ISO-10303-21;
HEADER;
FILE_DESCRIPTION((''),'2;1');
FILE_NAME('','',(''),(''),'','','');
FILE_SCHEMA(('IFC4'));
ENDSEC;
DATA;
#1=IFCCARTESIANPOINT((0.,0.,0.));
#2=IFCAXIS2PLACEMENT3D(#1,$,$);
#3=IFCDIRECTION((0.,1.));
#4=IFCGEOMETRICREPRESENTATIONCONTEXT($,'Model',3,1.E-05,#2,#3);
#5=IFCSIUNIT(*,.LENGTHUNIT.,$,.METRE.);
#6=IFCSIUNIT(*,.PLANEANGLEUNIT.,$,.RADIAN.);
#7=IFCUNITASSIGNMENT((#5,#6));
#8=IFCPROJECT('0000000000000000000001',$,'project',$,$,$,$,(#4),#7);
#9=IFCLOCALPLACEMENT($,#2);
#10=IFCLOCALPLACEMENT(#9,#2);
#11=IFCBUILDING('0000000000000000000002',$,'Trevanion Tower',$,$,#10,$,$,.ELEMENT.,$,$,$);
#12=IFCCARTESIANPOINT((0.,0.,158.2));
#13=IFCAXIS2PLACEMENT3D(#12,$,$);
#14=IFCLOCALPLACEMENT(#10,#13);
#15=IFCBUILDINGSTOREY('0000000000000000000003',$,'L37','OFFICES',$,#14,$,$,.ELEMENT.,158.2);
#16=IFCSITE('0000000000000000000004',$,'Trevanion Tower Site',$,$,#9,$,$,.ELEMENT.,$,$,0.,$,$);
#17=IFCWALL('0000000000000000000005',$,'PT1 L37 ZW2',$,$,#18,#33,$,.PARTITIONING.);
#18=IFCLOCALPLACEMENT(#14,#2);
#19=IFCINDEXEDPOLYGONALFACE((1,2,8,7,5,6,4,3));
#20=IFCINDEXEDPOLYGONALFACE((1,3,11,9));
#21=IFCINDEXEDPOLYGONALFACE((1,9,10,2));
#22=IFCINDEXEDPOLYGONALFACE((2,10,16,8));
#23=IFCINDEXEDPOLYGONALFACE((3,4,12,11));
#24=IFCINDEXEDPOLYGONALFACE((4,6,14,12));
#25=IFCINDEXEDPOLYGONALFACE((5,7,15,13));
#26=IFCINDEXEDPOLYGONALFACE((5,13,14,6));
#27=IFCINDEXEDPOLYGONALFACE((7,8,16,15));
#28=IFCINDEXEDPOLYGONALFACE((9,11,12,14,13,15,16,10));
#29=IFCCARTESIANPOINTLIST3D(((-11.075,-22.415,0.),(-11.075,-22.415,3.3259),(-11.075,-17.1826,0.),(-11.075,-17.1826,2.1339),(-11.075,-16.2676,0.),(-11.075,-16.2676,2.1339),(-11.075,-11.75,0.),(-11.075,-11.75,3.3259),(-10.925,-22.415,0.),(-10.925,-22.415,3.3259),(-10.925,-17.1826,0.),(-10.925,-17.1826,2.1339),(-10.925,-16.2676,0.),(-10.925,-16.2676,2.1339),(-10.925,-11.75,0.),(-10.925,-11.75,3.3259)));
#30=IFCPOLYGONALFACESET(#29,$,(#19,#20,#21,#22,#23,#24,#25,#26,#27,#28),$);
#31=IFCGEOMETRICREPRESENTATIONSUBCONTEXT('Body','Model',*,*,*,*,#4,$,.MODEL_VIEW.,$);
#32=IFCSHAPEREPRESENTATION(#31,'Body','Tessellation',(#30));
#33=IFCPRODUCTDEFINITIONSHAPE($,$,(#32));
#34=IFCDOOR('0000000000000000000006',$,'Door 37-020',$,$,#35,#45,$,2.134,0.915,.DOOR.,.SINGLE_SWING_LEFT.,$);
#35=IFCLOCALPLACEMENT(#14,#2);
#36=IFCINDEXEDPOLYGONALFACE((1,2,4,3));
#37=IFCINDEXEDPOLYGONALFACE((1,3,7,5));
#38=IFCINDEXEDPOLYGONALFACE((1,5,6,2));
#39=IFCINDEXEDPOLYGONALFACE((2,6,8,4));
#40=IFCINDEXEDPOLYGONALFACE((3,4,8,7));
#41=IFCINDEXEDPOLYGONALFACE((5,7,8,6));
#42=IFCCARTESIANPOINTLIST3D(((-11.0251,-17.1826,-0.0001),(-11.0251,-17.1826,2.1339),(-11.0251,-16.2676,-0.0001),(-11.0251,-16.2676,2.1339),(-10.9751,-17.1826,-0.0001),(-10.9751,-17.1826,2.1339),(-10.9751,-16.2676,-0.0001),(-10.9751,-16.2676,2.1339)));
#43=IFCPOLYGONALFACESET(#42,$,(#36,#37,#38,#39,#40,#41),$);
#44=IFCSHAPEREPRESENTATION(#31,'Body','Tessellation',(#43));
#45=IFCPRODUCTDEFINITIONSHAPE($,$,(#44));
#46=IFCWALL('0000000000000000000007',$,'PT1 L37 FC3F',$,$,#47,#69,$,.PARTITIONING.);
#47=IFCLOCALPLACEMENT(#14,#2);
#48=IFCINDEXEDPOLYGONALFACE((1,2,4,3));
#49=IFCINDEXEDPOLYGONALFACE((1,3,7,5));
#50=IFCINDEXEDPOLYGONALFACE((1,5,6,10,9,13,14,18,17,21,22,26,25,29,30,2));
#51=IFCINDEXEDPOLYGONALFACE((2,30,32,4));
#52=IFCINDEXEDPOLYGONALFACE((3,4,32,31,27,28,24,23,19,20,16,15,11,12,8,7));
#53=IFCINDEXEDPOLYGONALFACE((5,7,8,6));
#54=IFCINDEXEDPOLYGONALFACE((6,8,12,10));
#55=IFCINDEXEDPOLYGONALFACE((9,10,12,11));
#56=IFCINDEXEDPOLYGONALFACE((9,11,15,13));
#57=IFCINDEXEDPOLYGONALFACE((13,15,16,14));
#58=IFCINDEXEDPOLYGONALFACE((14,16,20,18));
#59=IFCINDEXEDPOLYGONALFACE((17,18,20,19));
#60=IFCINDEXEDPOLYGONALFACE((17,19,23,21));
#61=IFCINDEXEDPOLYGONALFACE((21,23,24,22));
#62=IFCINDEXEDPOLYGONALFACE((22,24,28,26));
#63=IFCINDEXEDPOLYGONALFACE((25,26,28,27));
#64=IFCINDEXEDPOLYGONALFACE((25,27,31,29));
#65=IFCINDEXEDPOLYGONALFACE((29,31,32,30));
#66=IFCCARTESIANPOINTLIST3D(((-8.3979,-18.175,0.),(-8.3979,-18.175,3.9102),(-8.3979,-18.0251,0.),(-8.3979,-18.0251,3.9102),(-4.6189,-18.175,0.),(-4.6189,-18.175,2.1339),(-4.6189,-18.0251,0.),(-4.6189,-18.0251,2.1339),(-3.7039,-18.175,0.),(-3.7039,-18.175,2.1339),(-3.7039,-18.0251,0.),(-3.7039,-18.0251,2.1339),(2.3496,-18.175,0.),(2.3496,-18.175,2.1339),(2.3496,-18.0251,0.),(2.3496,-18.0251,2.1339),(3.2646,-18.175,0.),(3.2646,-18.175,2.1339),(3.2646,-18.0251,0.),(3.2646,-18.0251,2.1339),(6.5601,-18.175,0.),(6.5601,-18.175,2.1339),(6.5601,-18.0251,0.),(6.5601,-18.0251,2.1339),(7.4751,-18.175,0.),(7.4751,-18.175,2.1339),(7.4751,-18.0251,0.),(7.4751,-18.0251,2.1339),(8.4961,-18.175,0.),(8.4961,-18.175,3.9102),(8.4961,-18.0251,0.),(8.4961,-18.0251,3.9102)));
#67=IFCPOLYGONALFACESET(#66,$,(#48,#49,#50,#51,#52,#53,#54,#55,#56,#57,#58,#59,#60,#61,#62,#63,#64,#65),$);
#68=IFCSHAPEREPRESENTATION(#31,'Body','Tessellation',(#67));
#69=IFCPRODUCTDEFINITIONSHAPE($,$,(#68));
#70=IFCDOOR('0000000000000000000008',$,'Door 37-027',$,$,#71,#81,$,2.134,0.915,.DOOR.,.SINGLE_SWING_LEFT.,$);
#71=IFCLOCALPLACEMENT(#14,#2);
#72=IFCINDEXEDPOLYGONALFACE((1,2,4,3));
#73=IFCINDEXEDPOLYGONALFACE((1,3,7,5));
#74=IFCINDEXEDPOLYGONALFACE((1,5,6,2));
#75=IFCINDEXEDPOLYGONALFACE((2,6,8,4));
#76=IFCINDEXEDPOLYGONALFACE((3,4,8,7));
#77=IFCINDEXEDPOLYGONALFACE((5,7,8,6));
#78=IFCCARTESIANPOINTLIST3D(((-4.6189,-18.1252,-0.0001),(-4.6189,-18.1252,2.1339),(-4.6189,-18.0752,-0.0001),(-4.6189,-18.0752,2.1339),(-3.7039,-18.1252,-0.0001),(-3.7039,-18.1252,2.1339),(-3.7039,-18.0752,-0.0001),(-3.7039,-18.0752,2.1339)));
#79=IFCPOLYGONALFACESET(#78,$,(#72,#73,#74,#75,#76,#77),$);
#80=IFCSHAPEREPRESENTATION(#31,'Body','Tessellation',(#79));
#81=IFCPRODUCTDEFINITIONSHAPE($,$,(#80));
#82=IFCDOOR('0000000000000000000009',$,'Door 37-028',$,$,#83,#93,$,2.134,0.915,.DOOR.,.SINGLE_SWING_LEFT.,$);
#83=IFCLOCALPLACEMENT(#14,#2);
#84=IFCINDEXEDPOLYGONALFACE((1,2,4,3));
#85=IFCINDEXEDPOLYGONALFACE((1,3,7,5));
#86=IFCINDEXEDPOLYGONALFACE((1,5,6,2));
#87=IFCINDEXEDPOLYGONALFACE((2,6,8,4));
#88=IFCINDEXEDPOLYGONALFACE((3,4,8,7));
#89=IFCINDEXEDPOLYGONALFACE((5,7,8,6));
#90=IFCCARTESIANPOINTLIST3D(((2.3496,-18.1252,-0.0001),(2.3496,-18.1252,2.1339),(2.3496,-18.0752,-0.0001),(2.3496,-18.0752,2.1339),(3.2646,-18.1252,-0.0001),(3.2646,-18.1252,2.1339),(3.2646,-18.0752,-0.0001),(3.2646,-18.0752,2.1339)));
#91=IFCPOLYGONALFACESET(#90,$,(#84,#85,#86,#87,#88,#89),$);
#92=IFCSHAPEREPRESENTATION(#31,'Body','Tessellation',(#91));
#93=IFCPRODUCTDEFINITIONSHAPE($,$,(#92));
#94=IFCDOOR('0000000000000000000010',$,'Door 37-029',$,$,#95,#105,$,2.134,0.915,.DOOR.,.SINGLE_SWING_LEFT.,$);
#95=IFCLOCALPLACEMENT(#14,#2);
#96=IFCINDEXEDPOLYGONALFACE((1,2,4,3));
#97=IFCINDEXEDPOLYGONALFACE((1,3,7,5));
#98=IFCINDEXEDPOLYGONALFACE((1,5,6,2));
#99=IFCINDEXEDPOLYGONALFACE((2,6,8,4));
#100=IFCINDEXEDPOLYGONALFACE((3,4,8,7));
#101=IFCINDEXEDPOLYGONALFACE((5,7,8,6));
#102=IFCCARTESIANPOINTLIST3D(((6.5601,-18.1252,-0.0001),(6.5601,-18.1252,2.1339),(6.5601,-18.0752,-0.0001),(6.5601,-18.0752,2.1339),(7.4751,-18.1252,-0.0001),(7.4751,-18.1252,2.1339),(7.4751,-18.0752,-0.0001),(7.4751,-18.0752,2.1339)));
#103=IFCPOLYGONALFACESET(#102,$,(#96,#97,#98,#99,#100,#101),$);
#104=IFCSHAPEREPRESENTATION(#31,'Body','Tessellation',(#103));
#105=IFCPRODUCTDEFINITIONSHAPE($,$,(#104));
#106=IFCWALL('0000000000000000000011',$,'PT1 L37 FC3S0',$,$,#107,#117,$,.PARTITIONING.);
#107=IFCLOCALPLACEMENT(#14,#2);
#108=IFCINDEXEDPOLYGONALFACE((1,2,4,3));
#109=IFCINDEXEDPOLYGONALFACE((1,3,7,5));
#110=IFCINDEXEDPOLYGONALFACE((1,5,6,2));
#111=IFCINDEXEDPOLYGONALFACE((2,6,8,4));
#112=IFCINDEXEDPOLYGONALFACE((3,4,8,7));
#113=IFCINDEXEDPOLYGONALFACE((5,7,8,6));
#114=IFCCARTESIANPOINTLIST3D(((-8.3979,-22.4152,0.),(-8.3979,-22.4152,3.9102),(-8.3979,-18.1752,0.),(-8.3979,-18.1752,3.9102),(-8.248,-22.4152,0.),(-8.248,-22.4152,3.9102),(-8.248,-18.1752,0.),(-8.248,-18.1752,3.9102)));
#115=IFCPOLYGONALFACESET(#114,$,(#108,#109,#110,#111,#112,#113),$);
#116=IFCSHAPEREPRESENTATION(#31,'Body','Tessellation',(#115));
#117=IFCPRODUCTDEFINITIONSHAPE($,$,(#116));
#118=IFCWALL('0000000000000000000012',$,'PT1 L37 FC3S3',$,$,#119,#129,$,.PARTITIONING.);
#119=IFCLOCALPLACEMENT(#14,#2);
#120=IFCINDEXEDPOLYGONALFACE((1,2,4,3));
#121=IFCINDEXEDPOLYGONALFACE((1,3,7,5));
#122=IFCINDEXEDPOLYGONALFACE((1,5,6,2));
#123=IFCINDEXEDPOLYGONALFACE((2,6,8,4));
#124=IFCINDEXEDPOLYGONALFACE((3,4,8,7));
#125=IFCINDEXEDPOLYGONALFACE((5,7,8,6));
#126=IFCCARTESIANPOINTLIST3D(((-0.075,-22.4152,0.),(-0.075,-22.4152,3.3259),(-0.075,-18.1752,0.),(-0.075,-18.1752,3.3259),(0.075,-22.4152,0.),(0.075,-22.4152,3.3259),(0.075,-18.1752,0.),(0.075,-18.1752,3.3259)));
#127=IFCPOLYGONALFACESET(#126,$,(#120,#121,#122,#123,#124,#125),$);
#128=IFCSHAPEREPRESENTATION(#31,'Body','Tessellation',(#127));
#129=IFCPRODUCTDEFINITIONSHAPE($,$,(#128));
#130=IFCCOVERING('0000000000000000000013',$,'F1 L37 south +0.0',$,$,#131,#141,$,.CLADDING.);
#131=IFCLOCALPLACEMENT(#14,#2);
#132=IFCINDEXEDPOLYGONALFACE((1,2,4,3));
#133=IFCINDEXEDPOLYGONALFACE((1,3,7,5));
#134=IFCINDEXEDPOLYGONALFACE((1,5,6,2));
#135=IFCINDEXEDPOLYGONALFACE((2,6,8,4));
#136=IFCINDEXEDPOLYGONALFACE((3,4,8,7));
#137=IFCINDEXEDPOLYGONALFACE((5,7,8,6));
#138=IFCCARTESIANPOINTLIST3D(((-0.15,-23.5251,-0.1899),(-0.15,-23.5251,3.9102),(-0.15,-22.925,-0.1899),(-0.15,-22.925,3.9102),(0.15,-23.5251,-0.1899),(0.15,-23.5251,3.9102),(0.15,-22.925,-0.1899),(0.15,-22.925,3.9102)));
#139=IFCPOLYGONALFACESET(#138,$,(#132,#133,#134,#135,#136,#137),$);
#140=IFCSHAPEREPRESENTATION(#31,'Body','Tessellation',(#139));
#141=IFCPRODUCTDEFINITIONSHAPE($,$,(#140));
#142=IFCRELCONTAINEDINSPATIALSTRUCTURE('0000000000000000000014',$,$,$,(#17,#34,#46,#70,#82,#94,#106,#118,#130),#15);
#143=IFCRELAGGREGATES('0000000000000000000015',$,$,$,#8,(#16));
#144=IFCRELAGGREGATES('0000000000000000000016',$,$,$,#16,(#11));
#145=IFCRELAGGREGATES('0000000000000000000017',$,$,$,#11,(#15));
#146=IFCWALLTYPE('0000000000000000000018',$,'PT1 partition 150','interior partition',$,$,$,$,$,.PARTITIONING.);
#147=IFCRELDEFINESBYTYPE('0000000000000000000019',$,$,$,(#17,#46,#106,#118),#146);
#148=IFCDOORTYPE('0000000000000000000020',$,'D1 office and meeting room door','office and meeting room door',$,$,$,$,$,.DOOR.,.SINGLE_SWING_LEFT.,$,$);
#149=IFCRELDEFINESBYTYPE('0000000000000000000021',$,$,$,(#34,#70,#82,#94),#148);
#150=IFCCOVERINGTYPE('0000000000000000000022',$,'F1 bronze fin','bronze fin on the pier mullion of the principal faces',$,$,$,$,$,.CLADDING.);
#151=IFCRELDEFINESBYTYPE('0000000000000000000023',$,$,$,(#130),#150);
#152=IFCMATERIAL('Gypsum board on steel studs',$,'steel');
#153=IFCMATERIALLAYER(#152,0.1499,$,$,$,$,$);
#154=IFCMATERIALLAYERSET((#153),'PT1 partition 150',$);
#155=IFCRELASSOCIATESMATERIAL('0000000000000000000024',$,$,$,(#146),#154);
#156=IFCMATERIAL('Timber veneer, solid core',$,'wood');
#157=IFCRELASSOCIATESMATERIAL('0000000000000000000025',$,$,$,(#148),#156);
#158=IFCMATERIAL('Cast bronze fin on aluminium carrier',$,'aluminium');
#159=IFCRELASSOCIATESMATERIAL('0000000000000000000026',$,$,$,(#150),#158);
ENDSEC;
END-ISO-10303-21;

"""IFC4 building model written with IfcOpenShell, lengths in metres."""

from ifc_helpers import new_model, si_unit, direction, frame, frame_2d, origin, origin_2d, place, context, subcontext, project, spatial, rectangle, extrude, material, layer, layer_set, type_object, element, fill, save


model = new_model("IFC4")

# Units and contexts
model_context = context("Model", 3, precision=1e-05, world=origin(), true_north=direction((0.0, 1.0)))
body_context = subcontext(model_context, "Body", "Model", "MODEL_VIEW")
ifc_project = project(units=[si_unit("LENGTHUNIT", "METRE"), si_unit("PLANEANGLEUNIT", "RADIAN")], contexts=[model_context])

# Site, building, storey
site_placement = place(None, origin())
site = spatial("IfcSite", under=ifc_project, at=site_placement, Name="Trevanion Tower Site", CompositionType="ELEMENT", RefElevation=0.0)
building_placement = place(site_placement, origin())
building = spatial("IfcBuilding", under=site, at=building_placement, Name="Trevanion Tower", CompositionType="ELEMENT")
storey_placement = place(building_placement, frame((0.0, 0.0, 158.2)))
storey = spatial("IfcBuildingStorey", under=building, at=storey_placement, Name="L37", Description="OFFICES", CompositionType="ELEMENT", Elevation=158.2)

# Wall, opening, door
ifc_material_1 = material(Name="Gypsum board on steel studs", Category="steel")
ifc_layer_1 = layer(ifc_material_1, 0.1499)
ifc_layer_set_1 = layer_set([ifc_layer_1], Name="PT1 partition 150")
wall_type = type_object("IfcWallType", Name="PT1 partition 150", Description="interior partition", PredefinedType="PARTITIONING", material=ifc_layer_set_1)
wall_1_placement = place(storey_placement, frame((-11.0, -11.75, 0.0), z_axis=(0.0, 0.0, 1.0), x_axis=(0.0, -1.0, 0.0)))
wall_1 = element("IfcWall", 1, at=wall_1_placement, inside=storey, type_object=wall_type, Name="PT1 L37 ZW2", PredefinedType="PARTITIONING", context=body_context, shape_type="SweptSolid", body=[
    extrude(rectangle(XDim=10.665, YDim=0.1499, at=frame_2d((5.3325, 0.0))), origin(), (0.0, 0.0, 1.0), 3.3259),
])
opening_1_placement = place(wall_1_placement, frame((4.5176, 0.0, 0.0)))
opening_1 = element("IfcOpeningElement", 2, at=opening_1_placement, cuts=wall_1, PredefinedType="OPENING", context=body_context, shape_type="SweptSolid", body=[
    extrude(rectangle(XDim=0.915, YDim=2.134, at=frame_2d((0.4575, 1.0669))), frame((0.0, 0.085, 0.0), z_axis=(0.0, -1.0, 0.0), x_axis=(1.0, 0.0, 0.0)), (0.0, 0.0, 1.0), 0.1699),
])
ifc_material_2 = material(Name="Timber veneer, solid core", Category="wood")
door_type = type_object("IfcDoorType", Name="D1 office and meeting room door", Description="office and meeting room door", OperationType="SINGLE_SWING_LEFT", PredefinedType="DOOR", material=ifc_material_2)
door_1_placement = place(opening_1_placement, origin())
door_1 = element("IfcDoor", 3, at=door_1_placement, inside=storey, type_object=door_type, Name="Door 37-020", OperationType="SINGLE_SWING_LEFT", OverallHeight=2.134, OverallWidth=0.915, PredefinedType="DOOR", context=body_context, shape_type="SweptSolid", body=[
    extrude(rectangle(XDim=0.915, YDim=2.134, at=frame_2d((0.4575, 1.0669))), frame((0.0, 0.0249, 0.0), z_axis=(0.0, -1.0, 0.0), x_axis=(1.0, 0.0, 0.0)), (0.0, 0.0, 1.0), 0.05),
])
fill(opening_1, door_1)

# Wall, openings, doors
wall_2_placement = place(storey_placement, frame((-8.3979, -18.1001, 0.0), z_axis=(0.0, 0.0, 1.0), x_axis=(1.0, 0.0, 0.0)))
wall_2 = element("IfcWall", 4, at=wall_2_placement, inside=storey, type_object=wall_type, Name="PT1 L37 FC3F", PredefinedType="PARTITIONING", context=body_context, shape_type="SweptSolid", body=[
    extrude(rectangle(XDim=16.894, YDim=0.1499, at=frame_2d((8.447, 0.0))), origin(), (0.0, 0.0, 1.0), 3.9102),
])
opening_2_placement = place(wall_2_placement, frame((3.7791, 0.0, 0.0)))
opening_2 = element("IfcOpeningElement", 5, at=opening_2_placement, cuts=wall_2, PredefinedType="OPENING", context=body_context, shape_type="SweptSolid", body=[
    extrude(rectangle(XDim=0.915, YDim=2.134, at=frame_2d((0.4575, 1.0669))), frame((0.0, 0.085, 0.0), z_axis=(0.0, -1.0, 0.0), x_axis=(1.0, 0.0, 0.0)), (0.0, 0.0, 1.0), 0.1699),
])
opening_3_placement = place(wall_2_placement, frame((10.7476, 0.0, 0.0)))
opening_3 = element("IfcOpeningElement", 6, at=opening_3_placement, cuts=wall_2, PredefinedType="OPENING", context=body_context, shape_type="SweptSolid", body=[
    extrude(rectangle(XDim=0.915, YDim=2.134, at=frame_2d((0.4575, 1.0669))), frame((0.0, 0.085, 0.0), z_axis=(0.0, -1.0, 0.0), x_axis=(1.0, 0.0, 0.0)), (0.0, 0.0, 1.0), 0.1699),
])
opening_4_placement = place(wall_2_placement, frame((14.958, 0.0, 0.0)))
opening_4 = element("IfcOpeningElement", 7, at=opening_4_placement, cuts=wall_2, PredefinedType="OPENING", context=body_context, shape_type="SweptSolid", body=[
    extrude(rectangle(XDim=0.915, YDim=2.134, at=frame_2d((0.4575, 1.0669))), frame((0.0, 0.085, 0.0), z_axis=(0.0, -1.0, 0.0), x_axis=(1.0, 0.0, 0.0)), (0.0, 0.0, 1.0), 0.1699),
])
door_2_placement = place(opening_2_placement, origin())
door_2 = element("IfcDoor", 8, at=door_2_placement, inside=storey, type_object=door_type, Name="Door 37-027", OperationType="SINGLE_SWING_LEFT", OverallHeight=2.134, OverallWidth=0.915, PredefinedType="DOOR", context=body_context, shape_type="SweptSolid", body=[
    extrude(rectangle(XDim=0.915, YDim=2.134, at=frame_2d((0.4575, 1.0669))), frame((0.0, 0.0249, 0.0), z_axis=(0.0, -1.0, 0.0), x_axis=(1.0, 0.0, 0.0)), (0.0, 0.0, 1.0), 0.05),
])
fill(opening_2, door_2)
door_3_placement = place(opening_3_placement, origin())
door_3 = element("IfcDoor", 9, at=door_3_placement, inside=storey, type_object=door_type, Name="Door 37-028", OperationType="SINGLE_SWING_LEFT", OverallHeight=2.134, OverallWidth=0.915, PredefinedType="DOOR", context=body_context, shape_type="SweptSolid", body=[
    extrude(rectangle(XDim=0.915, YDim=2.134, at=frame_2d((0.4575, 1.0669))), frame((0.0, 0.0249, 0.0), z_axis=(0.0, -1.0, 0.0), x_axis=(1.0, 0.0, 0.0)), (0.0, 0.0, 1.0), 0.05),
])
fill(opening_3, door_3)
door_4_placement = place(opening_4_placement, origin())
door_4 = element("IfcDoor", 10, at=door_4_placement, inside=storey, type_object=door_type, Name="Door 37-029", OperationType="SINGLE_SWING_LEFT", OverallHeight=2.134, OverallWidth=0.915, PredefinedType="DOOR", context=body_context, shape_type="SweptSolid", body=[
    extrude(rectangle(XDim=0.915, YDim=2.134, at=frame_2d((0.4575, 1.0669))), frame((0.0, 0.0249, 0.0), z_axis=(0.0, -1.0, 0.0), x_axis=(1.0, 0.0, 0.0)), (0.0, 0.0, 1.0), 0.05),
])
fill(opening_4, door_4)

# Walls
wall_3_placement = place(storey_placement, frame((-8.323, -18.175, 0.0), z_axis=(0.0, 0.0, 1.0), x_axis=(0.0, -1.0, 0.0)))
element("IfcWall", 11, at=wall_3_placement, inside=storey, type_object=wall_type, Name="PT1 L37 FC3S0", PredefinedType="PARTITIONING", context=body_context, shape_type="SweptSolid", body=[
    extrude(rectangle(XDim=4.24, YDim=0.1499, at=frame_2d((2.1201, 0.0))), origin(), (0.0, 0.0, 1.0), 3.9102),
])
wall_4_placement = place(storey_placement, frame((0.0, -18.175, 0.0), z_axis=(0.0, 0.0, 1.0), x_axis=(0.0, -1.0, 0.0)))
element("IfcWall", 12, at=wall_4_placement, inside=storey, type_object=wall_type, Name="PT1 L37 FC3S3", PredefinedType="PARTITIONING", context=body_context, shape_type="SweptSolid", body=[
    extrude(rectangle(XDim=4.24, YDim=0.1499, at=frame_2d((2.1201, 0.0))), origin(), (0.0, 0.0, 1.0), 3.3259),
])

# Covering
ifc_material_3 = material(Name="Cast bronze fin on aluminium carrier", Category="aluminium")
covering_type = type_object("IfcCoveringType", Name="F1 bronze fin", Description="bronze fin on the pier mullion of the principal faces", PredefinedType="CLADDING", material=ifc_material_3)
covering_placement = place(storey_placement, frame((0.0, -23.2251, -0.1899), z_axis=(0.0, 0.0, 1.0), x_axis=(1.0, 0.0, 0.0)))
element("IfcCovering", 13, at=covering_placement, inside=storey, type_object=covering_type, Name="F1 L37 south +0.0", PredefinedType="CLADDING", context=body_context, shape_type="SweptSolid", body=[
    extrude(rectangle(XDim=0.3, YDim=0.6001, at=origin_2d()), origin(), (0.0, 0.0, 1.0), 4.1001),
])

save(model, "model.ifc")
